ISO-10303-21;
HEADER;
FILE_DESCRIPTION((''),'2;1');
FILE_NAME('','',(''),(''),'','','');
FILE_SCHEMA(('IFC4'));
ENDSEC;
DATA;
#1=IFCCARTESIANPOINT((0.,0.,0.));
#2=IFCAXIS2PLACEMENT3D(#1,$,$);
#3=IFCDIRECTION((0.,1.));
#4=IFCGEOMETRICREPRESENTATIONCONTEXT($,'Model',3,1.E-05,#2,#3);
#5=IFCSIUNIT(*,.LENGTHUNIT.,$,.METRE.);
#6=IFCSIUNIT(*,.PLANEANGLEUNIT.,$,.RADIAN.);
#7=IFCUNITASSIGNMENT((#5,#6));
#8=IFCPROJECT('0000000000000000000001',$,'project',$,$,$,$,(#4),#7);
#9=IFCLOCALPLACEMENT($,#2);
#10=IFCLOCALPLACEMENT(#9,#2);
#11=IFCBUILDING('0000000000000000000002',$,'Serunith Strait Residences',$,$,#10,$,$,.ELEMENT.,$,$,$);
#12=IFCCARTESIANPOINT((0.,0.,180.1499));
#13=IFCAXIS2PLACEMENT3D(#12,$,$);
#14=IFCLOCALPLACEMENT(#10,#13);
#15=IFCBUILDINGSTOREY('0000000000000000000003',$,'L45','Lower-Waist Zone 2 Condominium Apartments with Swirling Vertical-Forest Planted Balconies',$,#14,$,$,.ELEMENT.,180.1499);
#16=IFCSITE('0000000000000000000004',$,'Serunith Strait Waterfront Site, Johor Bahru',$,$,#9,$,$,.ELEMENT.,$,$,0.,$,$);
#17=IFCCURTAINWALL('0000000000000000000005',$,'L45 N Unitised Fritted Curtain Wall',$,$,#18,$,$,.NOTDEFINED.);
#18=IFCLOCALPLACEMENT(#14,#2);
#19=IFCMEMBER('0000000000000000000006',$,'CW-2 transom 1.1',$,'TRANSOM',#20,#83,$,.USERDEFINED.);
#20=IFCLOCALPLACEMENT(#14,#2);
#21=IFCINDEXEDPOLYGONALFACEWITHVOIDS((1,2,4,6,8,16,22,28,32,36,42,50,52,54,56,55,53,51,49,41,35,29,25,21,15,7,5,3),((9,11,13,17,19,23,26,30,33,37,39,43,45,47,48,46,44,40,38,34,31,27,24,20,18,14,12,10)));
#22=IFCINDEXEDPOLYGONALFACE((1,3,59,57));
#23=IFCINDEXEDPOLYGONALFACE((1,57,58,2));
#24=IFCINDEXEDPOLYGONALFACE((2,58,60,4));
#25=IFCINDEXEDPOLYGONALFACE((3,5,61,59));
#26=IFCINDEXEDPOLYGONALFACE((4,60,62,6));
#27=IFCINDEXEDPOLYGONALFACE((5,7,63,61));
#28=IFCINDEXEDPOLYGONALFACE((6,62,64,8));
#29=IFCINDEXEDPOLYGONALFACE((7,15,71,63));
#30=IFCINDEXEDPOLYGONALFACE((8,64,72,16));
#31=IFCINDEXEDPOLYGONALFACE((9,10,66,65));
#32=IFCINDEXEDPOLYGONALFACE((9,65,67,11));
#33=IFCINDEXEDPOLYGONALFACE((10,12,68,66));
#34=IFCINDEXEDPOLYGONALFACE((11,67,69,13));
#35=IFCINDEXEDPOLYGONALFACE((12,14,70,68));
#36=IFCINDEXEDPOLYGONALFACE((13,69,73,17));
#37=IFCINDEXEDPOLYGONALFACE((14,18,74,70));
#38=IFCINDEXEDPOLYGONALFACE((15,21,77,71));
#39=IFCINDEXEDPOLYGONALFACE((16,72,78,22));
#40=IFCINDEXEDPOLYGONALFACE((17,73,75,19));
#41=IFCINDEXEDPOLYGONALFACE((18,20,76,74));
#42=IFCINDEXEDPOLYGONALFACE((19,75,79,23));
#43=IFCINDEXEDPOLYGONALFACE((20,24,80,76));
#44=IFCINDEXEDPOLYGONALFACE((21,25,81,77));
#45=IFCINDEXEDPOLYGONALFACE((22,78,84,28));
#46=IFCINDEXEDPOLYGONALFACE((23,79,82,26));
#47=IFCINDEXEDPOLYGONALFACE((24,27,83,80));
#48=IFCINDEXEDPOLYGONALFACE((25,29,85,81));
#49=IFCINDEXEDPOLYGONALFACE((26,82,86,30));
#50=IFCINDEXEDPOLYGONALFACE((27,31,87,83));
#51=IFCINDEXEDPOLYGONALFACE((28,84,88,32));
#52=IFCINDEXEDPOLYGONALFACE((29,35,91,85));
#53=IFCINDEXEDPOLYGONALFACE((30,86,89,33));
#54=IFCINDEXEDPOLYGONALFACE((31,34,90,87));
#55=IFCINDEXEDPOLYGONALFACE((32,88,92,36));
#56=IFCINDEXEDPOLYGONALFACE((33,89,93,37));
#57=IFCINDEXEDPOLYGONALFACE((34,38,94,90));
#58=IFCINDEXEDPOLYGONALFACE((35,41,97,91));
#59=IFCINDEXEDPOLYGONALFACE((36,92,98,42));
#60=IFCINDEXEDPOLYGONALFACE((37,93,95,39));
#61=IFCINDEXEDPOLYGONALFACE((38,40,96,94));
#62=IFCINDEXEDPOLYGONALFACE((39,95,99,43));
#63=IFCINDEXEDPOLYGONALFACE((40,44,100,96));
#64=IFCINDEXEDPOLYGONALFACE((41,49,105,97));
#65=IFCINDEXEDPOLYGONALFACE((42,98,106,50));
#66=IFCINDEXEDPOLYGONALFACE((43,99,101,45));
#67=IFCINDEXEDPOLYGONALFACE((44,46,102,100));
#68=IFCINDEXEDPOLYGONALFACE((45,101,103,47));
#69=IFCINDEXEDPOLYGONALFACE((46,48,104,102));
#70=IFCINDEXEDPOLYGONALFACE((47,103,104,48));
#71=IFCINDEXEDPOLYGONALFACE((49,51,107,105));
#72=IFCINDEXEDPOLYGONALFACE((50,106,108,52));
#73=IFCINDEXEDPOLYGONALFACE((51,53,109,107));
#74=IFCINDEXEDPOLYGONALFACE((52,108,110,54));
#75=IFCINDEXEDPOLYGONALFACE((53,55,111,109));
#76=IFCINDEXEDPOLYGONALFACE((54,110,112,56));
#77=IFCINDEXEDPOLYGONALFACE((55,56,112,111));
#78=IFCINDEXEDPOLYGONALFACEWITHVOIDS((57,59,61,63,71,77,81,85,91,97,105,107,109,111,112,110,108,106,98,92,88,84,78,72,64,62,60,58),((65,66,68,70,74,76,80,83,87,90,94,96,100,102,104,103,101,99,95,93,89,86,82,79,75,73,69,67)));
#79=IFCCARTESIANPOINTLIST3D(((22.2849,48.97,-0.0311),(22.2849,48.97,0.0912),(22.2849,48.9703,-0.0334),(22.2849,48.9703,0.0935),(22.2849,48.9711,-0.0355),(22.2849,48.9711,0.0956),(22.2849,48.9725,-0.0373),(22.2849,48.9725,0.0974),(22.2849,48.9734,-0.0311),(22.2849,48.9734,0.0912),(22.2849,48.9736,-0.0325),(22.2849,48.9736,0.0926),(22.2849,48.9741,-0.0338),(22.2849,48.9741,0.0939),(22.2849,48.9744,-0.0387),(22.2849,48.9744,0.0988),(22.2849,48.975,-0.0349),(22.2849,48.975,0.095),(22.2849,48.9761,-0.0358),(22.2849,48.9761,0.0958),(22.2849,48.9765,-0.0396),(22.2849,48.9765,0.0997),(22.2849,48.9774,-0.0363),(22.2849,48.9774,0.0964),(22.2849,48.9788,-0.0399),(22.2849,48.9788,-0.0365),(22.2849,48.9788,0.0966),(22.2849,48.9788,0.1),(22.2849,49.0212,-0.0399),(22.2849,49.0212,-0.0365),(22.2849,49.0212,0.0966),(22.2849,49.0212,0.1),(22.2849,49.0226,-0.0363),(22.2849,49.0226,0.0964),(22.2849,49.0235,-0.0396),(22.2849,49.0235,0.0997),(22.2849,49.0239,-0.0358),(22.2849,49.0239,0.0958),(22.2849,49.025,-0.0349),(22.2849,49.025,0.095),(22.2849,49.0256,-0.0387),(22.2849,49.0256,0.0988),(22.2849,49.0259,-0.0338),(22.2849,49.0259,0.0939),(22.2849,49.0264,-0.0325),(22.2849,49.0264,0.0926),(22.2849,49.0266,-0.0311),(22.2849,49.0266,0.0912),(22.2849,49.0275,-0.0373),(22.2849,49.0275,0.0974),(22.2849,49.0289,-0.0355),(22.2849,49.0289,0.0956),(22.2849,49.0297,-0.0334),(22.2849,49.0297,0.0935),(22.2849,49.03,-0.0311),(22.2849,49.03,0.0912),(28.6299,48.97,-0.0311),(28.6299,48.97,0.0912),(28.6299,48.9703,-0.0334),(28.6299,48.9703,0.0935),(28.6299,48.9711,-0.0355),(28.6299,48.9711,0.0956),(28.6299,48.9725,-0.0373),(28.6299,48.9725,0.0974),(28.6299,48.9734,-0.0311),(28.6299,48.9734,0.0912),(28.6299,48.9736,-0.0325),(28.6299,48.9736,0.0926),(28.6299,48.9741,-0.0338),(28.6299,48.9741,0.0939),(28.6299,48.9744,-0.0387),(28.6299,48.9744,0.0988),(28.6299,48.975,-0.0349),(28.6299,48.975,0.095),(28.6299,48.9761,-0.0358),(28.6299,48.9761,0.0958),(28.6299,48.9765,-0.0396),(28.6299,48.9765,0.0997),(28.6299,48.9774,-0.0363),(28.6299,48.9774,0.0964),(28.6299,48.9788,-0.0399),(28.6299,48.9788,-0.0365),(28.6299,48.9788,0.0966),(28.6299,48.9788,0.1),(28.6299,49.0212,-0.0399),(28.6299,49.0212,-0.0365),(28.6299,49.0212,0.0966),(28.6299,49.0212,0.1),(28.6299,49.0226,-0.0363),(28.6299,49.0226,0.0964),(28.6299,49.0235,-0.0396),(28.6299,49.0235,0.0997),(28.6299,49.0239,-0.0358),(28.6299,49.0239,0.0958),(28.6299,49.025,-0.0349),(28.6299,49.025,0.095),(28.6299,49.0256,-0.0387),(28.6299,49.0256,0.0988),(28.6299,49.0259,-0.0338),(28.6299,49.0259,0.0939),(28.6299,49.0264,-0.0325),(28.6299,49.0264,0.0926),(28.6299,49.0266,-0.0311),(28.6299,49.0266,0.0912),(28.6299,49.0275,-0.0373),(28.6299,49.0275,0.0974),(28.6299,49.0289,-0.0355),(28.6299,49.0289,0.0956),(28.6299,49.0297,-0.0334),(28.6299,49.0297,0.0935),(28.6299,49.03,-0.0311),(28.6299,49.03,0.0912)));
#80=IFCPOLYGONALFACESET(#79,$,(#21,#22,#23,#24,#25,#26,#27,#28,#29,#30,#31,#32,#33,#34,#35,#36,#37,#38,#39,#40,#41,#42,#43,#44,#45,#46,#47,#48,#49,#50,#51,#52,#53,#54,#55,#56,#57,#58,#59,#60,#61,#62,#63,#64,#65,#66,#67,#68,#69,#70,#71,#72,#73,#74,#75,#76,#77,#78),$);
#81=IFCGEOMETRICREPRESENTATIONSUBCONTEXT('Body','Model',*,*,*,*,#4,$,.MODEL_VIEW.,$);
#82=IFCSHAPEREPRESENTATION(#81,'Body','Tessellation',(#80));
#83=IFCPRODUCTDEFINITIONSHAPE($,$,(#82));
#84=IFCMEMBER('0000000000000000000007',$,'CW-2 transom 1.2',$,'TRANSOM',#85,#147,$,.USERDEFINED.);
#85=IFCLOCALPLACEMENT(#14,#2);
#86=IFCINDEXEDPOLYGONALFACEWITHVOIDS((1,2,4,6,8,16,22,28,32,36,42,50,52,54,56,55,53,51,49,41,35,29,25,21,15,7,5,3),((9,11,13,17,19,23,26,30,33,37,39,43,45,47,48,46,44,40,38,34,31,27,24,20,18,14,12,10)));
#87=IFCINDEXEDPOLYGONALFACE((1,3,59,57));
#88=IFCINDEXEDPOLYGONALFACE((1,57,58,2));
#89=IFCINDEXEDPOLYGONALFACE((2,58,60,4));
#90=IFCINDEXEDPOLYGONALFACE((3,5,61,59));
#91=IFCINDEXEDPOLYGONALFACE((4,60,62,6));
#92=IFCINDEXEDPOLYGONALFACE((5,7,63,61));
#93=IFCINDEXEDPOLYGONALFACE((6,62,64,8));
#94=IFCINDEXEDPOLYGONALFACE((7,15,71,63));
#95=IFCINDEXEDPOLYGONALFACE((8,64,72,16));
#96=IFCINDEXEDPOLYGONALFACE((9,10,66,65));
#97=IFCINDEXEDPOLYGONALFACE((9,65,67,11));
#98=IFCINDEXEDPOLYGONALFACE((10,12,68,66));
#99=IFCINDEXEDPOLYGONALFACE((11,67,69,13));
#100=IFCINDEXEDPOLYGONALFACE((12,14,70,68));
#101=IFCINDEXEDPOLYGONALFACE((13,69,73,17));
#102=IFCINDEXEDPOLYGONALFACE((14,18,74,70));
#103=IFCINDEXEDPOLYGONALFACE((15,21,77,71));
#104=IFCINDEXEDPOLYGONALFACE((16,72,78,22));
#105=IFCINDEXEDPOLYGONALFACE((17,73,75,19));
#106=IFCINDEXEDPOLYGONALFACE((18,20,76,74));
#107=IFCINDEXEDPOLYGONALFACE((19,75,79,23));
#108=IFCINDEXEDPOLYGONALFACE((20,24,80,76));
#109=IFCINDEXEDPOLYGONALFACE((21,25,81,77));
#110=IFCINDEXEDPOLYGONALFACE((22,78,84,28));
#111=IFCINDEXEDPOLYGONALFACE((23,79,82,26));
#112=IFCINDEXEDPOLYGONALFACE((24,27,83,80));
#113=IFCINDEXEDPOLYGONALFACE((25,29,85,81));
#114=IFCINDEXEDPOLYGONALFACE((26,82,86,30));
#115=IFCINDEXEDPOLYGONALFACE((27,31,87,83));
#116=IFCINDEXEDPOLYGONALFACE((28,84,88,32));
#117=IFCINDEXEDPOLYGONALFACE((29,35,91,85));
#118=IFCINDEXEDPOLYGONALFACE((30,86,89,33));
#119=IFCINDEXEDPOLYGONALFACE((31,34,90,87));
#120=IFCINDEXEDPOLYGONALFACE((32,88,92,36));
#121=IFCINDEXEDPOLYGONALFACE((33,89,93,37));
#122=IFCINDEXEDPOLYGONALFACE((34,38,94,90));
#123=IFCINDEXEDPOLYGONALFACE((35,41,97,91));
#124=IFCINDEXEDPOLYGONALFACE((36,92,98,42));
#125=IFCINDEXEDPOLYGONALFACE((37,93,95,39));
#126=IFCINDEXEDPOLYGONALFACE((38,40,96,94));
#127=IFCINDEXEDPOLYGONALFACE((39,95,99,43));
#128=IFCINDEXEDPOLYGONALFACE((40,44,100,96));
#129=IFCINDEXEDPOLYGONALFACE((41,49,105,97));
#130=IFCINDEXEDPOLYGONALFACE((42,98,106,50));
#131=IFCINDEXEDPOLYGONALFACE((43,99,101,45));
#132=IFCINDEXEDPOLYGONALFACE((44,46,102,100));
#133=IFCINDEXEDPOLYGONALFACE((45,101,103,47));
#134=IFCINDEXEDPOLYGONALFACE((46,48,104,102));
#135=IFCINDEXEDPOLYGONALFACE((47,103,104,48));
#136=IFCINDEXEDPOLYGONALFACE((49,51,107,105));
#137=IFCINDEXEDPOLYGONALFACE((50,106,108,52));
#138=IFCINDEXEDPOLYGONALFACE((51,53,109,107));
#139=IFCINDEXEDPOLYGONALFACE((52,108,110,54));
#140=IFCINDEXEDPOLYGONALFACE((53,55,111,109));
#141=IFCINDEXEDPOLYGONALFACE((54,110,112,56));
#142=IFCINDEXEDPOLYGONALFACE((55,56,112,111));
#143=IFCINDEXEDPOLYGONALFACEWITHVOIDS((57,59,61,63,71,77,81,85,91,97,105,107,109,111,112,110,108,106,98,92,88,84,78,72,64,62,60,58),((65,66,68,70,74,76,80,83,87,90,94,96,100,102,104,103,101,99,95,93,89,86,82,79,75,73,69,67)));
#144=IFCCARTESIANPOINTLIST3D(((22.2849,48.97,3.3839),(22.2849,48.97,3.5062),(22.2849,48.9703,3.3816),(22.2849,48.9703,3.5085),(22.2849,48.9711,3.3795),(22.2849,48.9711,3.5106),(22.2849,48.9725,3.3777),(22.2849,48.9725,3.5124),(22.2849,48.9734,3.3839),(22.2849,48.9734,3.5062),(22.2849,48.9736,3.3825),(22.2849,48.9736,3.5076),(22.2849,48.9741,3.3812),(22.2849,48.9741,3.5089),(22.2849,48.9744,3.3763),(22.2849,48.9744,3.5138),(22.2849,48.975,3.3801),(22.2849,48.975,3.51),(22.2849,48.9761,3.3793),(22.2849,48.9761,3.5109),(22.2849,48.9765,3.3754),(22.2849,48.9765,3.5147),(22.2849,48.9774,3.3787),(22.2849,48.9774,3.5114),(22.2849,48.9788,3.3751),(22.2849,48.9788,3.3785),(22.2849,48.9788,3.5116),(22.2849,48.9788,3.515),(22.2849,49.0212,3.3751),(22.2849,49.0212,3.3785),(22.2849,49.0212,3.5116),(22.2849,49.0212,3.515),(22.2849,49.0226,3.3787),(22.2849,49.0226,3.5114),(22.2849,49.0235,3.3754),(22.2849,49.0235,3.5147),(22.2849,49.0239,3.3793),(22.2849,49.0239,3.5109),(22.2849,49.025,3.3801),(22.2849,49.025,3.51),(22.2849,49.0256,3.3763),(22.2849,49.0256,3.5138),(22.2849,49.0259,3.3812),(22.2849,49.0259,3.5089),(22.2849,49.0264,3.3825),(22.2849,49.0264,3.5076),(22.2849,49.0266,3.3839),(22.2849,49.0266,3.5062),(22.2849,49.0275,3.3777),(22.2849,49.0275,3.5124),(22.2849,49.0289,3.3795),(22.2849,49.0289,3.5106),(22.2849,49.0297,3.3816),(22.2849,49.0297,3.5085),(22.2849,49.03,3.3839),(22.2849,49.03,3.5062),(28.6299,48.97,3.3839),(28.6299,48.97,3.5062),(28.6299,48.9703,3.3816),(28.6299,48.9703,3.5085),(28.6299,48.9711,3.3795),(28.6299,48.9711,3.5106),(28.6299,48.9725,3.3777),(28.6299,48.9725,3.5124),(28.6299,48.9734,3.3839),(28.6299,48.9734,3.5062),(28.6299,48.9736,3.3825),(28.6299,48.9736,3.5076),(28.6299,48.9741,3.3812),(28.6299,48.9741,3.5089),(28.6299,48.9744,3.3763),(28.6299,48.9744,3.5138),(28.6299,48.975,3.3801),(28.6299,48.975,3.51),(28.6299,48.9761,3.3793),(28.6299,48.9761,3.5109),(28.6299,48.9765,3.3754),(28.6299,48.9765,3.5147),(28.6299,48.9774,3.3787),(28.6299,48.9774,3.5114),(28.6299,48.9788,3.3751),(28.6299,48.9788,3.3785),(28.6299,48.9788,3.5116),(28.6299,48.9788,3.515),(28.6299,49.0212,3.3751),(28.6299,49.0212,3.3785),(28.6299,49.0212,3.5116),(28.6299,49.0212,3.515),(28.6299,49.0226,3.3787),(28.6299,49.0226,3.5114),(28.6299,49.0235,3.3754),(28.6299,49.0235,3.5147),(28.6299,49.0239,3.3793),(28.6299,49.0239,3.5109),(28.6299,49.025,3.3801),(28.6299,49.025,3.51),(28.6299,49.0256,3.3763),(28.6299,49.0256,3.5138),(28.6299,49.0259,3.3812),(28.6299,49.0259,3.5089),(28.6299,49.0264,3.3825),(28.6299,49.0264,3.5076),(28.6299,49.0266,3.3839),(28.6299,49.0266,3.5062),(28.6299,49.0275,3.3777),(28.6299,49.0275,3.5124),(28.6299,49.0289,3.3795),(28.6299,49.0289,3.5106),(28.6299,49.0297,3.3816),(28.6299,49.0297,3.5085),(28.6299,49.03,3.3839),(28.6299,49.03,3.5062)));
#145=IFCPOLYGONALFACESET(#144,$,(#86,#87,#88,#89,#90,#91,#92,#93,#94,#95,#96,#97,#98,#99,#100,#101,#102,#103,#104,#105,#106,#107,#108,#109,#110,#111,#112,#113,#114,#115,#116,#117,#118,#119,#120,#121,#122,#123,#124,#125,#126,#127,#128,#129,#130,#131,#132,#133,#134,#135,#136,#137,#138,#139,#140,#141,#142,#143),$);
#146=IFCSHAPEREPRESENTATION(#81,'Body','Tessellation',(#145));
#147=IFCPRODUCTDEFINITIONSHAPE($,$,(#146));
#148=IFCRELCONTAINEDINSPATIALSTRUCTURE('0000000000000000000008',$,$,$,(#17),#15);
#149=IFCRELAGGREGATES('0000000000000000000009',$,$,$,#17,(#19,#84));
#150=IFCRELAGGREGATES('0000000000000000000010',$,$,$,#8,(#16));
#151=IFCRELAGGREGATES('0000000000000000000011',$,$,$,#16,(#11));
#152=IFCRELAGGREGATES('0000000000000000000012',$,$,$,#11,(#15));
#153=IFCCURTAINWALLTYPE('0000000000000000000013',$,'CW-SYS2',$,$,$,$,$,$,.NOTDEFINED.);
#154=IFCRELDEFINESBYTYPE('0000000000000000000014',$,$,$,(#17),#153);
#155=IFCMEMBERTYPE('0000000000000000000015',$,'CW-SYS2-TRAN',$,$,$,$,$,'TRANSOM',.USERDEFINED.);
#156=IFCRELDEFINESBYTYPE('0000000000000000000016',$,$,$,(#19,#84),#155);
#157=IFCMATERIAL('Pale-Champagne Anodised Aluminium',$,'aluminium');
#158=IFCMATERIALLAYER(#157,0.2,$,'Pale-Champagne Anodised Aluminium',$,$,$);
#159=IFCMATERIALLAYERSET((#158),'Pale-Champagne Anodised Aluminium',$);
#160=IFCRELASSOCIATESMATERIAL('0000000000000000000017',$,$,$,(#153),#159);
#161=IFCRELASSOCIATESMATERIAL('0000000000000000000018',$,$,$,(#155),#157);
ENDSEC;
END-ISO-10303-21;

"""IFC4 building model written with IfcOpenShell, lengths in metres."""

from ifc_helpers import new_model, si_unit, direction, frame, origin, origin_2d, place, context, subcontext, project, spatial, hollow_rectangle, extrude, source, transform, mapped, material, layer, layer_set, material_profile, profile_set, type_object, element, aggregate, save


model = new_model("IFC4")

# Units and contexts
model_context = context("Model", 3, precision=1e-05, world=origin(), true_north=direction((0.0, 1.0)))
body_context = subcontext(model_context, "Body", "Model", "MODEL_VIEW")
ifc_project = project(units=[si_unit("LENGTHUNIT", "METRE"), si_unit("PLANEANGLEUNIT", "RADIAN")], contexts=[model_context])

# Site, building, storey
site_placement = place(None, origin())
site = spatial("IfcSite", under=ifc_project, at=site_placement, Name="Serunith Strait Waterfront Site, Johor Bahru", CompositionType="ELEMENT", RefElevation=0.0)
building_placement = place(site_placement, origin())
building = spatial("IfcBuilding", under=site, at=building_placement, Name="Serunith Strait Residences", CompositionType="ELEMENT")
storey_placement = place(building_placement, frame((0.0, 0.0, 180.1499)))
storey = spatial("IfcBuildingStorey", under=building, at=storey_placement, Name="L45", Description="Lower-Waist Zone 2 Condominium Apartments with Swirling Vertical-Forest Planted Balconies", CompositionType="ELEMENT", Elevation=180.1499)

# Curtain wall, members
ifc_material_1 = material(Name="Pale-Champagne Anodised Aluminium", Category="aluminium")
ifc_layer_1 = layer(ifc_material_1, 0.2, Name="Pale-Champagne Anodised Aluminium")
ifc_layer_set_1 = layer_set([ifc_layer_1], Name="Pale-Champagne Anodised Aluminium")
curtain_wall_type = type_object("IfcCurtainWallType", Name="CW-SYS2", PredefinedType="NOTDEFINED", material=ifc_layer_set_1)
curtain_wall_placement = place(storey_placement, origin())
curtain_wall = element("IfcCurtainWall", 1, at=curtain_wall_placement, inside=storey, type_object=curtain_wall_type, Name="L45 N Unitised Fritted Curtain Wall", PredefinedType="NOTDEFINED")
ifc_material_profile_1 = material_profile(ifc_material_1, hollow_rectangle(XDim=0.0601, YDim=0.1399, WallThickness=0.0034, InnerFilletRadius=0.0054, OuterFilletRadius=0.0088, at=origin_2d()), Name="ALU 140x60x3.5")
ifc_profile_set_1 = profile_set([ifc_material_profile_1], Name="Pale-Champagne Anodised Aluminium")
member_type_1 = type_object("IfcMemberType", Name="CW-SYS2-TRAN", ElementType="TRANSOM", PredefinedType="USERDEFINED", material=ifc_profile_set_1)
shared_shape_1 = source(origin(), body_context, "Body", "SweptSolid", [
    extrude(hollow_rectangle(XDim=0.0601, YDim=0.1399, WallThickness=0.0034, InnerFilletRadius=0.0054, OuterFilletRadius=0.0088, at=origin_2d()), origin(), (0.0, 0.0, 1.0), 6.345),
])
member_1_placement = place(storey_placement, frame((28.6299, 49.0, 0.03), z_axis=(-1.0, 0.0, 0.0), x_axis=(0.0, -1.0, 0.0)))
member_1 = element("IfcMember", 2, at=member_1_placement, type_object=member_type_1, Name="CW-2 transom 1.1", ObjectType="TRANSOM", PredefinedType="USERDEFINED", context=body_context, shape_type="MappedRepresentation", body=[
    mapped(shared_shape_1, transform((0.0, 0.0, 0.0), scale=1.0)),
])
member_2_placement = place(storey_placement, frame((28.6299, 49.0, 3.4451), z_axis=(-1.0, 0.0, 0.0), x_axis=(0.0, -1.0, 0.0)))
member_2 = element("IfcMember", 3, at=member_2_placement, type_object=member_type_1, Name="CW-2 transom 1.2", ObjectType="TRANSOM", PredefinedType="USERDEFINED", context=body_context, shape_type="MappedRepresentation", body=[
    mapped(shared_shape_1, transform((0.0, 0.0, 0.0), scale=1.0)),
])
aggregate(curtain_wall, [member_1, member_2])

save(model, "model.ifc")
